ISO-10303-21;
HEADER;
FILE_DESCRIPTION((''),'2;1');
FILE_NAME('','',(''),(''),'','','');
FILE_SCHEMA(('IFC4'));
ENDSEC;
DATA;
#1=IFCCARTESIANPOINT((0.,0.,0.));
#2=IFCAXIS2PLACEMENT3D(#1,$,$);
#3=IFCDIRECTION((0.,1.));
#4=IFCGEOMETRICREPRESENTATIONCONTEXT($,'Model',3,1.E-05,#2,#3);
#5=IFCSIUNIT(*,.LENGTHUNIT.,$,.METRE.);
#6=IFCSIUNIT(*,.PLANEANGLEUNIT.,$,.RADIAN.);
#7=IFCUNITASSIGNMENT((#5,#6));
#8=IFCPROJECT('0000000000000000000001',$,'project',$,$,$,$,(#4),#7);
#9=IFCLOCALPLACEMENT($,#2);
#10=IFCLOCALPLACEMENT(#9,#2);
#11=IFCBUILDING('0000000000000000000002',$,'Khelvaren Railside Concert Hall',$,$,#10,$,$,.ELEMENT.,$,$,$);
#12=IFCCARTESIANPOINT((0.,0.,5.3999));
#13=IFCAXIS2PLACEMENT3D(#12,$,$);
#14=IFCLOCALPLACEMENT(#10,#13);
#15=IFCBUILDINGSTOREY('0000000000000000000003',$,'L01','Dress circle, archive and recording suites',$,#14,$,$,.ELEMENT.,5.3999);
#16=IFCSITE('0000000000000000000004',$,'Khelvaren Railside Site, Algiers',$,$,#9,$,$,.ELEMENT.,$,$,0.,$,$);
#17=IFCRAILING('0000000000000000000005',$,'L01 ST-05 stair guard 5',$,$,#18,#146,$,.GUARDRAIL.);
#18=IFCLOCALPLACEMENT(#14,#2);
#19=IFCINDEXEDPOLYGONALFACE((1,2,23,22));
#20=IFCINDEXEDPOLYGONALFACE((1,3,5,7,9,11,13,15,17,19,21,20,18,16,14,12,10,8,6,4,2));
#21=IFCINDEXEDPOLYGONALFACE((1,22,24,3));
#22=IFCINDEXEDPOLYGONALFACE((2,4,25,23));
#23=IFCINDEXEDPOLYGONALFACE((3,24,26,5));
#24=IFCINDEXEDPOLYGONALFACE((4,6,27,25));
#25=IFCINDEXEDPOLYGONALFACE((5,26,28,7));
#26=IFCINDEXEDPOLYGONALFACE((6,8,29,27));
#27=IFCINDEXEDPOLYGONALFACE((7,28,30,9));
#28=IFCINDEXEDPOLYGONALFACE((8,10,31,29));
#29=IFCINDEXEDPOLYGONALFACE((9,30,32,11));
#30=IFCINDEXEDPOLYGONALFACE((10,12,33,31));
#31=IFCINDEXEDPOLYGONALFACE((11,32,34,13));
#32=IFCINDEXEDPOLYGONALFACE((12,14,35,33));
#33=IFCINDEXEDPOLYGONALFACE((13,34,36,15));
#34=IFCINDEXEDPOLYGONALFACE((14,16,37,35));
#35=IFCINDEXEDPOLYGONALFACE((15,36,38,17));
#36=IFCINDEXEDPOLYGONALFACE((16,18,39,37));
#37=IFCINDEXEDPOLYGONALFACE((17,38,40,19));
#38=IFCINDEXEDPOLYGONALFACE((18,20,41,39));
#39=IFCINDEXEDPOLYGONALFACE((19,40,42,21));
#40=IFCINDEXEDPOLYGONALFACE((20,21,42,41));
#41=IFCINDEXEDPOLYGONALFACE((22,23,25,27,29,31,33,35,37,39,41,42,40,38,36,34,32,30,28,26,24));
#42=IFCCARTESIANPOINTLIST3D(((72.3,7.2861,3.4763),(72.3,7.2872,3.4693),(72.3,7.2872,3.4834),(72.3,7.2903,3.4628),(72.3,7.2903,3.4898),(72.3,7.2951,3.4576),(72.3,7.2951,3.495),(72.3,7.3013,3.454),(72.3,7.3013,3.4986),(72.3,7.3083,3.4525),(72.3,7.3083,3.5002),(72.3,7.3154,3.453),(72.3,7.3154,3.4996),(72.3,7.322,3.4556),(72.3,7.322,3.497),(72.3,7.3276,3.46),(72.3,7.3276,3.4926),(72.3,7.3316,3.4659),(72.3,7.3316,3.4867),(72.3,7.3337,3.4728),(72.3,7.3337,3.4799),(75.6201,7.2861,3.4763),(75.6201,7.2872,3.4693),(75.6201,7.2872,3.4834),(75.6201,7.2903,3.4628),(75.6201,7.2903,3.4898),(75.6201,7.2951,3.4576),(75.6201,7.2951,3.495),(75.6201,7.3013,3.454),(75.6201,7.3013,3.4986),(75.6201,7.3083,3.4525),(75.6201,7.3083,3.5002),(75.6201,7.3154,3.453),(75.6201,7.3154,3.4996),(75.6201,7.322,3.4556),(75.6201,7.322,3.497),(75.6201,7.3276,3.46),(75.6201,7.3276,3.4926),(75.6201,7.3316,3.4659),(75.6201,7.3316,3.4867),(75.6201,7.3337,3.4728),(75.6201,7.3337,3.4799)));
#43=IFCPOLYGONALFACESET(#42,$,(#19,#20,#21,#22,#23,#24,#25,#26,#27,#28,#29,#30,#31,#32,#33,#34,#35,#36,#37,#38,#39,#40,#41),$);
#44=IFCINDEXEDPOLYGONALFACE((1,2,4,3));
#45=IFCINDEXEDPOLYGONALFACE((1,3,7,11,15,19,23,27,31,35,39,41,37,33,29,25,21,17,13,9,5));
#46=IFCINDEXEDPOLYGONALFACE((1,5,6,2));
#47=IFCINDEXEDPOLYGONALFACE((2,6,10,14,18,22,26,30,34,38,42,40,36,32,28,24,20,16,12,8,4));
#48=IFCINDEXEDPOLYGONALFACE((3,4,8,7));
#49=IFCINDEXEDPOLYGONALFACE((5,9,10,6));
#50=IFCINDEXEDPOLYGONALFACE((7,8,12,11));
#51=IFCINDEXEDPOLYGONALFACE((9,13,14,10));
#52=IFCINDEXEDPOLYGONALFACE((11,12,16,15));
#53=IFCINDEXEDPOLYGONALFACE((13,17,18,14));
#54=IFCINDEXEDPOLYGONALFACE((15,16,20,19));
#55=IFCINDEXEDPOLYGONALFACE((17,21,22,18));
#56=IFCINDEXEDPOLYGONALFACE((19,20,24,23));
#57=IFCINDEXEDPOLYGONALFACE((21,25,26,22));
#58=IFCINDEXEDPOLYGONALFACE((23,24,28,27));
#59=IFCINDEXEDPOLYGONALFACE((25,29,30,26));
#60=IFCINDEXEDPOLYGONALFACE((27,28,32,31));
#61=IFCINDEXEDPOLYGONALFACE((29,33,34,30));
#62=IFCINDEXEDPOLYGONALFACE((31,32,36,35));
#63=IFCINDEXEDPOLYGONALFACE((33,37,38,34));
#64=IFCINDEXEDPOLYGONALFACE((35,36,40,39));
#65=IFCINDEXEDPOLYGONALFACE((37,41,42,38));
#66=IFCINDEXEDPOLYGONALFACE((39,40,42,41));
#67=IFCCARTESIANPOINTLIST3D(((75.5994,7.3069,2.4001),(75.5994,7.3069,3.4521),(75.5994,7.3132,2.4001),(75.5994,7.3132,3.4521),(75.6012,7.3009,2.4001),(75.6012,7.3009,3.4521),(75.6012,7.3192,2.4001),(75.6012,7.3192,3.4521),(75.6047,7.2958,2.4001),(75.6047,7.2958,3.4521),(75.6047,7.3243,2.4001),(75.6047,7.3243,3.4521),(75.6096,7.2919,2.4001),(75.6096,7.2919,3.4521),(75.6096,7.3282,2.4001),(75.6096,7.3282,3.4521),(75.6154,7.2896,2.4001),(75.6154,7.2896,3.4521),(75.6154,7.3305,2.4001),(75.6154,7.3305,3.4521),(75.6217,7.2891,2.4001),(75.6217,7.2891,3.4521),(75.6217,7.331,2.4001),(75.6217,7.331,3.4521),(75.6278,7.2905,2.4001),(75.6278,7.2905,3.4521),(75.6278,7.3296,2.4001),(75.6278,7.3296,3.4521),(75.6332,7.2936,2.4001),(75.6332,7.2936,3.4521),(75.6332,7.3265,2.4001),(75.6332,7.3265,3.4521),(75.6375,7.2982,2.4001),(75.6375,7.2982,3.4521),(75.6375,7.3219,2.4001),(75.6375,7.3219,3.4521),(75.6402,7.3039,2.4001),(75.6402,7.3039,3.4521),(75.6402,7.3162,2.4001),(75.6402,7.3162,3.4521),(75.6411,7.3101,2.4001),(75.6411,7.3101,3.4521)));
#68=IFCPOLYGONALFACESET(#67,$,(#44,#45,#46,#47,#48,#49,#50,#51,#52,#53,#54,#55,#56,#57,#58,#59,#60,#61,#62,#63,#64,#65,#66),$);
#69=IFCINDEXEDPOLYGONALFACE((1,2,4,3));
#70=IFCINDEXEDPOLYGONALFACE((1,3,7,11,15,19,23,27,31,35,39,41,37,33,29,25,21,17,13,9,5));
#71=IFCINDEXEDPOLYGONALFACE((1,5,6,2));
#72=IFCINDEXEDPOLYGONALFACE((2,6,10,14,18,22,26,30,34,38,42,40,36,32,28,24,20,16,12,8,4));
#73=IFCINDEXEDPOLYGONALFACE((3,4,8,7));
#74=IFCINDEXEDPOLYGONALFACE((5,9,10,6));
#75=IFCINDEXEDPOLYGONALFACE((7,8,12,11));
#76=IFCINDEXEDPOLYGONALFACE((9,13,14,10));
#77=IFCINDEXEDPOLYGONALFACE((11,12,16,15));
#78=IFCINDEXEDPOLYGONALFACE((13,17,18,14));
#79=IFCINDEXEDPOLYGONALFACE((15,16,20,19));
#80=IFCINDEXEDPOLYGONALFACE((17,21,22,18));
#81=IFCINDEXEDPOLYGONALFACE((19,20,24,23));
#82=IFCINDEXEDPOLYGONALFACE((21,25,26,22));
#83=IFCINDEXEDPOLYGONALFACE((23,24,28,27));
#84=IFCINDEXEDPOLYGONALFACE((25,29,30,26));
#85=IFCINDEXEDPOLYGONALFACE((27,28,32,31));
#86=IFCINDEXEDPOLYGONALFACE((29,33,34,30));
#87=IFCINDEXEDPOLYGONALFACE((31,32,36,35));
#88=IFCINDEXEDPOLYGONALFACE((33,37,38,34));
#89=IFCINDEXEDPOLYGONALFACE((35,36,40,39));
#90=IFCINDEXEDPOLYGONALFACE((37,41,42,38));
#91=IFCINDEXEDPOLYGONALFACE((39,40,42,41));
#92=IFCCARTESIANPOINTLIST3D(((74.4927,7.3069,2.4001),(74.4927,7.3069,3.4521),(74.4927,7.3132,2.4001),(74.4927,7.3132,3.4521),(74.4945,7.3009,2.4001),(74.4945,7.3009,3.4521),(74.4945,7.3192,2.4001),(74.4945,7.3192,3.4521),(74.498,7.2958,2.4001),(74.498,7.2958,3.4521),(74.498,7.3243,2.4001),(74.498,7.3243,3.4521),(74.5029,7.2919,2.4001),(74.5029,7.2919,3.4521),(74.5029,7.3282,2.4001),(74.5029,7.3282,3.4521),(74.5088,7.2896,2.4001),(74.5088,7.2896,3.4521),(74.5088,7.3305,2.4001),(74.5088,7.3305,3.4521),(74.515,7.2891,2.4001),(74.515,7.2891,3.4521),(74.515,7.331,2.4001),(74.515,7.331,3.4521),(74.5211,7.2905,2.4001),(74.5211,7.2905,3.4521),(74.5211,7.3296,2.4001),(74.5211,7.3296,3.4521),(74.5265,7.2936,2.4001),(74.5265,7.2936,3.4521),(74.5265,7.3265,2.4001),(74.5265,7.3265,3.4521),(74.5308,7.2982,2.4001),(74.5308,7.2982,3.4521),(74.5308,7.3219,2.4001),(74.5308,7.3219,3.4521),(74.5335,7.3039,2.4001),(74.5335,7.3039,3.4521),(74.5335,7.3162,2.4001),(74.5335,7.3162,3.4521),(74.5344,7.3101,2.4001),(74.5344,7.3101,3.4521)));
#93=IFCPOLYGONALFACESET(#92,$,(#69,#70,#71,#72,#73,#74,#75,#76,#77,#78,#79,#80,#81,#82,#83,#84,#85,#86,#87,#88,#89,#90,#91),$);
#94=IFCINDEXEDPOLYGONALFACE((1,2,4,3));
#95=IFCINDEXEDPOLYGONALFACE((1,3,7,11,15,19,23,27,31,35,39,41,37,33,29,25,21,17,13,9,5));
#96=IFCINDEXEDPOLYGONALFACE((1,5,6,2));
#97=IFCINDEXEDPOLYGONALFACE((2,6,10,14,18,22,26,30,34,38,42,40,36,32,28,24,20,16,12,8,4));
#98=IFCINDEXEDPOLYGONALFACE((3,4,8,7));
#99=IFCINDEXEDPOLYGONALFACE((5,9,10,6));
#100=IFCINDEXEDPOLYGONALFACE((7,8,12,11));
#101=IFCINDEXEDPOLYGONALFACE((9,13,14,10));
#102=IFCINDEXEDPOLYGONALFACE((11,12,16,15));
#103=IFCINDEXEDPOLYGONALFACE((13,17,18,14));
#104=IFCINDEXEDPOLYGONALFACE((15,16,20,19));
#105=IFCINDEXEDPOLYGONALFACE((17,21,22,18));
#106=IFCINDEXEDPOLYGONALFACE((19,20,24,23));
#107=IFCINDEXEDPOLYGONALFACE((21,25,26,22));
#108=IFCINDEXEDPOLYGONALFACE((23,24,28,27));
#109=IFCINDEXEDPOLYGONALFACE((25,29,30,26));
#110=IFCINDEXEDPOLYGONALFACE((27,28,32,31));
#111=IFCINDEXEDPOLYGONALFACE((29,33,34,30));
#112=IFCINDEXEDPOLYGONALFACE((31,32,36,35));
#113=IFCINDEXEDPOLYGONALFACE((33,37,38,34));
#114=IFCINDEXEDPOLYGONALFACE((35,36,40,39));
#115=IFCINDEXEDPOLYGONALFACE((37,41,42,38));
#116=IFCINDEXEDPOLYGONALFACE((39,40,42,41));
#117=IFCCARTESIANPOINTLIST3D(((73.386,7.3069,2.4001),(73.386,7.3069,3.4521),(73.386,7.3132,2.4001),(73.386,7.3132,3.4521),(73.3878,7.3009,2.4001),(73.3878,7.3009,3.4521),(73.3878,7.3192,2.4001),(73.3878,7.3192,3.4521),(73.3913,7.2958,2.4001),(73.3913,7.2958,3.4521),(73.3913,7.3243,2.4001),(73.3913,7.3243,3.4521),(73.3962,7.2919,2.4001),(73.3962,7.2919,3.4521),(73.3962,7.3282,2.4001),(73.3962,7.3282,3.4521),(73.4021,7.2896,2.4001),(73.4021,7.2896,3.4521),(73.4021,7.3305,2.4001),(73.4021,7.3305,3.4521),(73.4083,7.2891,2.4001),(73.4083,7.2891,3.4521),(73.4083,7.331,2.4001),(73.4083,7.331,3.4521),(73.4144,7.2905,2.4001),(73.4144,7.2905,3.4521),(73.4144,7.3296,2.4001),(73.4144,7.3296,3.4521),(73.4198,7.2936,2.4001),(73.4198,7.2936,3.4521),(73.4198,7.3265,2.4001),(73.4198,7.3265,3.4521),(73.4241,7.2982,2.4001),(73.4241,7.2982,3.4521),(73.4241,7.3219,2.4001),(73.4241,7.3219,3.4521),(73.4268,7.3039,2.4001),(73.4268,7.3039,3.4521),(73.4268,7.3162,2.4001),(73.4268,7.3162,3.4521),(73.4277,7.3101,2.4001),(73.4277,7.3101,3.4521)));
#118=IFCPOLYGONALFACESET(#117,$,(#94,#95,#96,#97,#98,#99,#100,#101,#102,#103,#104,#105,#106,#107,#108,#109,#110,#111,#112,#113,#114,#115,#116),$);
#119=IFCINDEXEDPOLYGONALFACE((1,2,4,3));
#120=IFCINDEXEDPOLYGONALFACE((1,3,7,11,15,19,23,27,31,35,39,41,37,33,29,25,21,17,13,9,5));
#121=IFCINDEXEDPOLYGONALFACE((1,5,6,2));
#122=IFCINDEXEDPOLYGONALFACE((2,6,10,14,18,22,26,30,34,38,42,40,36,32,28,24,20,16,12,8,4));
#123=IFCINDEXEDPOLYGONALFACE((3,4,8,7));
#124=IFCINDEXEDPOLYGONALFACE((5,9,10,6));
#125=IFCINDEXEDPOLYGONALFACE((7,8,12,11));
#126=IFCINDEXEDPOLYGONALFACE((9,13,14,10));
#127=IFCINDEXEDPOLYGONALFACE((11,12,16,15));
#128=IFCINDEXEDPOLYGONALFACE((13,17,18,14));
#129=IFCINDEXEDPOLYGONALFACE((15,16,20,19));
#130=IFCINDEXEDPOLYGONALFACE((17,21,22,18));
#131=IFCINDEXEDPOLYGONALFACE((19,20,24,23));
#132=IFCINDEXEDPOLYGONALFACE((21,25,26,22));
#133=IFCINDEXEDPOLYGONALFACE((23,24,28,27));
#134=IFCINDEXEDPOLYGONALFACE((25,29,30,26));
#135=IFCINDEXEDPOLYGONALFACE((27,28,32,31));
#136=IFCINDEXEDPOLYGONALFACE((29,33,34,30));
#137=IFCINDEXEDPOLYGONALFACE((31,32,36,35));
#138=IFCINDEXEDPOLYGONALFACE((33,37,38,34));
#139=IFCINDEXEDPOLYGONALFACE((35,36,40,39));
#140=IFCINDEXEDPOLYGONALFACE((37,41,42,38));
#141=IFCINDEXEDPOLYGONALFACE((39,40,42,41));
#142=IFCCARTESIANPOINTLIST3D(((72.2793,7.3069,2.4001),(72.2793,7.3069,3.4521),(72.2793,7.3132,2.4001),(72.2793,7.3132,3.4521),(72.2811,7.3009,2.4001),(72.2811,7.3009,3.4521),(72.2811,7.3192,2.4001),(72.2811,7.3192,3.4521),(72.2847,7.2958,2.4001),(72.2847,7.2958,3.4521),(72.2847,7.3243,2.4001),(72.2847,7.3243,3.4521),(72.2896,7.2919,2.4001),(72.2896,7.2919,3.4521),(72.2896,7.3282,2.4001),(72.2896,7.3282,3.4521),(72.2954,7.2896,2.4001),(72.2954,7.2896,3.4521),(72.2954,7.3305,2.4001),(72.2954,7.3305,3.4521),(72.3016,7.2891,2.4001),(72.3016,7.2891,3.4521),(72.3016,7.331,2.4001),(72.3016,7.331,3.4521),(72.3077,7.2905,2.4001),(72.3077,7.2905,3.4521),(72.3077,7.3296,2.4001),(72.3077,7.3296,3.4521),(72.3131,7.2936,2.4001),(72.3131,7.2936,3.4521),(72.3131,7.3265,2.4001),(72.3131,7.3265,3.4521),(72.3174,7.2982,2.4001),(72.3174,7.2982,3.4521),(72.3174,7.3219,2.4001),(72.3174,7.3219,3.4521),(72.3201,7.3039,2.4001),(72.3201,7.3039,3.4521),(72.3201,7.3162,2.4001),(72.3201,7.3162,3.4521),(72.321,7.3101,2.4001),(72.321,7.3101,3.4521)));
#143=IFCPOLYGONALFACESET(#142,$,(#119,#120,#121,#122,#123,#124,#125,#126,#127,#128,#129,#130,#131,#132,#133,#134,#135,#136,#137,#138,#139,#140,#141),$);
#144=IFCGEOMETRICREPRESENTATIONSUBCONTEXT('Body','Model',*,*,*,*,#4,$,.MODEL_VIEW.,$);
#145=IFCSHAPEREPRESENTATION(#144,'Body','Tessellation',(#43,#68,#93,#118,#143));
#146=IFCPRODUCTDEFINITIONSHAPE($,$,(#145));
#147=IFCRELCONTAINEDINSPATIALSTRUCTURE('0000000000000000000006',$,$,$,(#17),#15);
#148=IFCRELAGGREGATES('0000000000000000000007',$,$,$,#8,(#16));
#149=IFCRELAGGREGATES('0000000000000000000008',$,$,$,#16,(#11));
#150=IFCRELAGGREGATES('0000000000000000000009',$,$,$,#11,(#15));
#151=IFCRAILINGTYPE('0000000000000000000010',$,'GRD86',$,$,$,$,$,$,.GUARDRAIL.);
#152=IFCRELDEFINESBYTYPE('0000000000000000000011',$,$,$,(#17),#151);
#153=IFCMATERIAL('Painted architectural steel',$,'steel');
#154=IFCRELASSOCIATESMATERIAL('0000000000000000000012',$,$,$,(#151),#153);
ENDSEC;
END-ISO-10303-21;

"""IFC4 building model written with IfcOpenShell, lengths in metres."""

from ifc_helpers import new_model, si_unit, direction, frame, origin, origin_2d, place, context, subcontext, project, spatial, circle, extrude, material, type_object, element, save


model = new_model("IFC4")

# Units and contexts
model_context = context("Model", 3, precision=1e-05, world=origin(), true_north=direction((0.0, 1.0)))
body_context = subcontext(model_context, "Body", "Model", "MODEL_VIEW")
ifc_project = project(units=[si_unit("LENGTHUNIT", "METRE"), si_unit("PLANEANGLEUNIT", "RADIAN")], contexts=[model_context])

# Site, building, storey
site_placement = place(None, origin())
site = spatial("IfcSite", under=ifc_project, at=site_placement, Name="Khelvaren Railside Site, Algiers", CompositionType="ELEMENT", RefElevation=0.0)
building_placement = place(site_placement, origin())
building = spatial("IfcBuilding", under=site, at=building_placement, Name="Khelvaren Railside Concert Hall", CompositionType="ELEMENT")
storey_placement = place(building_placement, frame((0.0, 0.0, 5.3999)))
storey = spatial("IfcBuildingStorey", under=building, at=storey_placement, Name="L01", Description="Dress circle, archive and recording suites", CompositionType="ELEMENT", Elevation=5.3999)

# Railing
ifc_material_1 = material(Name="Painted architectural steel", Category="steel")
railing_type = type_object("IfcRailingType", Name="GRD86", PredefinedType="GUARDRAIL", material=ifc_material_1)
railing_1_placement = place(storey_placement, frame((75.6201, 7.3101, 2.4001)))
element("IfcRailing", 1, at=railing_1_placement, inside=storey, type_object=railing_type, Name="L01 ST-05 stair guard 5", PredefinedType="GUARDRAIL", context=body_context, shape_type="SweptSolid", body=[
    extrude(circle(Radius=0.0239, at=origin_2d()), frame((0.0, 0.0, 1.0762), z_axis=(-1.0, 0.0, 0.0), x_axis=(0.0, -1.0, 0.0)), (0.0, 0.0, 1.0), 3.3201),
    extrude(circle(Radius=0.021, at=origin_2d()), origin(), (0.0, 0.0, 1.0), 1.052),
    extrude(circle(Radius=0.021, at=origin_2d()), frame((-1.1067, 0.0, 0.0)), (0.0, 0.0, 1.0), 1.052),
    extrude(circle(Radius=0.021, at=origin_2d()), frame((-2.2134, 0.0, 0.0)), (0.0, 0.0, 1.0), 1.052),
    extrude(circle(Radius=0.021, at=origin_2d()), frame((-3.3201, 0.0, 0.0)), (0.0, 0.0, 1.0), 1.052),
])

save(model, "model.ifc")
